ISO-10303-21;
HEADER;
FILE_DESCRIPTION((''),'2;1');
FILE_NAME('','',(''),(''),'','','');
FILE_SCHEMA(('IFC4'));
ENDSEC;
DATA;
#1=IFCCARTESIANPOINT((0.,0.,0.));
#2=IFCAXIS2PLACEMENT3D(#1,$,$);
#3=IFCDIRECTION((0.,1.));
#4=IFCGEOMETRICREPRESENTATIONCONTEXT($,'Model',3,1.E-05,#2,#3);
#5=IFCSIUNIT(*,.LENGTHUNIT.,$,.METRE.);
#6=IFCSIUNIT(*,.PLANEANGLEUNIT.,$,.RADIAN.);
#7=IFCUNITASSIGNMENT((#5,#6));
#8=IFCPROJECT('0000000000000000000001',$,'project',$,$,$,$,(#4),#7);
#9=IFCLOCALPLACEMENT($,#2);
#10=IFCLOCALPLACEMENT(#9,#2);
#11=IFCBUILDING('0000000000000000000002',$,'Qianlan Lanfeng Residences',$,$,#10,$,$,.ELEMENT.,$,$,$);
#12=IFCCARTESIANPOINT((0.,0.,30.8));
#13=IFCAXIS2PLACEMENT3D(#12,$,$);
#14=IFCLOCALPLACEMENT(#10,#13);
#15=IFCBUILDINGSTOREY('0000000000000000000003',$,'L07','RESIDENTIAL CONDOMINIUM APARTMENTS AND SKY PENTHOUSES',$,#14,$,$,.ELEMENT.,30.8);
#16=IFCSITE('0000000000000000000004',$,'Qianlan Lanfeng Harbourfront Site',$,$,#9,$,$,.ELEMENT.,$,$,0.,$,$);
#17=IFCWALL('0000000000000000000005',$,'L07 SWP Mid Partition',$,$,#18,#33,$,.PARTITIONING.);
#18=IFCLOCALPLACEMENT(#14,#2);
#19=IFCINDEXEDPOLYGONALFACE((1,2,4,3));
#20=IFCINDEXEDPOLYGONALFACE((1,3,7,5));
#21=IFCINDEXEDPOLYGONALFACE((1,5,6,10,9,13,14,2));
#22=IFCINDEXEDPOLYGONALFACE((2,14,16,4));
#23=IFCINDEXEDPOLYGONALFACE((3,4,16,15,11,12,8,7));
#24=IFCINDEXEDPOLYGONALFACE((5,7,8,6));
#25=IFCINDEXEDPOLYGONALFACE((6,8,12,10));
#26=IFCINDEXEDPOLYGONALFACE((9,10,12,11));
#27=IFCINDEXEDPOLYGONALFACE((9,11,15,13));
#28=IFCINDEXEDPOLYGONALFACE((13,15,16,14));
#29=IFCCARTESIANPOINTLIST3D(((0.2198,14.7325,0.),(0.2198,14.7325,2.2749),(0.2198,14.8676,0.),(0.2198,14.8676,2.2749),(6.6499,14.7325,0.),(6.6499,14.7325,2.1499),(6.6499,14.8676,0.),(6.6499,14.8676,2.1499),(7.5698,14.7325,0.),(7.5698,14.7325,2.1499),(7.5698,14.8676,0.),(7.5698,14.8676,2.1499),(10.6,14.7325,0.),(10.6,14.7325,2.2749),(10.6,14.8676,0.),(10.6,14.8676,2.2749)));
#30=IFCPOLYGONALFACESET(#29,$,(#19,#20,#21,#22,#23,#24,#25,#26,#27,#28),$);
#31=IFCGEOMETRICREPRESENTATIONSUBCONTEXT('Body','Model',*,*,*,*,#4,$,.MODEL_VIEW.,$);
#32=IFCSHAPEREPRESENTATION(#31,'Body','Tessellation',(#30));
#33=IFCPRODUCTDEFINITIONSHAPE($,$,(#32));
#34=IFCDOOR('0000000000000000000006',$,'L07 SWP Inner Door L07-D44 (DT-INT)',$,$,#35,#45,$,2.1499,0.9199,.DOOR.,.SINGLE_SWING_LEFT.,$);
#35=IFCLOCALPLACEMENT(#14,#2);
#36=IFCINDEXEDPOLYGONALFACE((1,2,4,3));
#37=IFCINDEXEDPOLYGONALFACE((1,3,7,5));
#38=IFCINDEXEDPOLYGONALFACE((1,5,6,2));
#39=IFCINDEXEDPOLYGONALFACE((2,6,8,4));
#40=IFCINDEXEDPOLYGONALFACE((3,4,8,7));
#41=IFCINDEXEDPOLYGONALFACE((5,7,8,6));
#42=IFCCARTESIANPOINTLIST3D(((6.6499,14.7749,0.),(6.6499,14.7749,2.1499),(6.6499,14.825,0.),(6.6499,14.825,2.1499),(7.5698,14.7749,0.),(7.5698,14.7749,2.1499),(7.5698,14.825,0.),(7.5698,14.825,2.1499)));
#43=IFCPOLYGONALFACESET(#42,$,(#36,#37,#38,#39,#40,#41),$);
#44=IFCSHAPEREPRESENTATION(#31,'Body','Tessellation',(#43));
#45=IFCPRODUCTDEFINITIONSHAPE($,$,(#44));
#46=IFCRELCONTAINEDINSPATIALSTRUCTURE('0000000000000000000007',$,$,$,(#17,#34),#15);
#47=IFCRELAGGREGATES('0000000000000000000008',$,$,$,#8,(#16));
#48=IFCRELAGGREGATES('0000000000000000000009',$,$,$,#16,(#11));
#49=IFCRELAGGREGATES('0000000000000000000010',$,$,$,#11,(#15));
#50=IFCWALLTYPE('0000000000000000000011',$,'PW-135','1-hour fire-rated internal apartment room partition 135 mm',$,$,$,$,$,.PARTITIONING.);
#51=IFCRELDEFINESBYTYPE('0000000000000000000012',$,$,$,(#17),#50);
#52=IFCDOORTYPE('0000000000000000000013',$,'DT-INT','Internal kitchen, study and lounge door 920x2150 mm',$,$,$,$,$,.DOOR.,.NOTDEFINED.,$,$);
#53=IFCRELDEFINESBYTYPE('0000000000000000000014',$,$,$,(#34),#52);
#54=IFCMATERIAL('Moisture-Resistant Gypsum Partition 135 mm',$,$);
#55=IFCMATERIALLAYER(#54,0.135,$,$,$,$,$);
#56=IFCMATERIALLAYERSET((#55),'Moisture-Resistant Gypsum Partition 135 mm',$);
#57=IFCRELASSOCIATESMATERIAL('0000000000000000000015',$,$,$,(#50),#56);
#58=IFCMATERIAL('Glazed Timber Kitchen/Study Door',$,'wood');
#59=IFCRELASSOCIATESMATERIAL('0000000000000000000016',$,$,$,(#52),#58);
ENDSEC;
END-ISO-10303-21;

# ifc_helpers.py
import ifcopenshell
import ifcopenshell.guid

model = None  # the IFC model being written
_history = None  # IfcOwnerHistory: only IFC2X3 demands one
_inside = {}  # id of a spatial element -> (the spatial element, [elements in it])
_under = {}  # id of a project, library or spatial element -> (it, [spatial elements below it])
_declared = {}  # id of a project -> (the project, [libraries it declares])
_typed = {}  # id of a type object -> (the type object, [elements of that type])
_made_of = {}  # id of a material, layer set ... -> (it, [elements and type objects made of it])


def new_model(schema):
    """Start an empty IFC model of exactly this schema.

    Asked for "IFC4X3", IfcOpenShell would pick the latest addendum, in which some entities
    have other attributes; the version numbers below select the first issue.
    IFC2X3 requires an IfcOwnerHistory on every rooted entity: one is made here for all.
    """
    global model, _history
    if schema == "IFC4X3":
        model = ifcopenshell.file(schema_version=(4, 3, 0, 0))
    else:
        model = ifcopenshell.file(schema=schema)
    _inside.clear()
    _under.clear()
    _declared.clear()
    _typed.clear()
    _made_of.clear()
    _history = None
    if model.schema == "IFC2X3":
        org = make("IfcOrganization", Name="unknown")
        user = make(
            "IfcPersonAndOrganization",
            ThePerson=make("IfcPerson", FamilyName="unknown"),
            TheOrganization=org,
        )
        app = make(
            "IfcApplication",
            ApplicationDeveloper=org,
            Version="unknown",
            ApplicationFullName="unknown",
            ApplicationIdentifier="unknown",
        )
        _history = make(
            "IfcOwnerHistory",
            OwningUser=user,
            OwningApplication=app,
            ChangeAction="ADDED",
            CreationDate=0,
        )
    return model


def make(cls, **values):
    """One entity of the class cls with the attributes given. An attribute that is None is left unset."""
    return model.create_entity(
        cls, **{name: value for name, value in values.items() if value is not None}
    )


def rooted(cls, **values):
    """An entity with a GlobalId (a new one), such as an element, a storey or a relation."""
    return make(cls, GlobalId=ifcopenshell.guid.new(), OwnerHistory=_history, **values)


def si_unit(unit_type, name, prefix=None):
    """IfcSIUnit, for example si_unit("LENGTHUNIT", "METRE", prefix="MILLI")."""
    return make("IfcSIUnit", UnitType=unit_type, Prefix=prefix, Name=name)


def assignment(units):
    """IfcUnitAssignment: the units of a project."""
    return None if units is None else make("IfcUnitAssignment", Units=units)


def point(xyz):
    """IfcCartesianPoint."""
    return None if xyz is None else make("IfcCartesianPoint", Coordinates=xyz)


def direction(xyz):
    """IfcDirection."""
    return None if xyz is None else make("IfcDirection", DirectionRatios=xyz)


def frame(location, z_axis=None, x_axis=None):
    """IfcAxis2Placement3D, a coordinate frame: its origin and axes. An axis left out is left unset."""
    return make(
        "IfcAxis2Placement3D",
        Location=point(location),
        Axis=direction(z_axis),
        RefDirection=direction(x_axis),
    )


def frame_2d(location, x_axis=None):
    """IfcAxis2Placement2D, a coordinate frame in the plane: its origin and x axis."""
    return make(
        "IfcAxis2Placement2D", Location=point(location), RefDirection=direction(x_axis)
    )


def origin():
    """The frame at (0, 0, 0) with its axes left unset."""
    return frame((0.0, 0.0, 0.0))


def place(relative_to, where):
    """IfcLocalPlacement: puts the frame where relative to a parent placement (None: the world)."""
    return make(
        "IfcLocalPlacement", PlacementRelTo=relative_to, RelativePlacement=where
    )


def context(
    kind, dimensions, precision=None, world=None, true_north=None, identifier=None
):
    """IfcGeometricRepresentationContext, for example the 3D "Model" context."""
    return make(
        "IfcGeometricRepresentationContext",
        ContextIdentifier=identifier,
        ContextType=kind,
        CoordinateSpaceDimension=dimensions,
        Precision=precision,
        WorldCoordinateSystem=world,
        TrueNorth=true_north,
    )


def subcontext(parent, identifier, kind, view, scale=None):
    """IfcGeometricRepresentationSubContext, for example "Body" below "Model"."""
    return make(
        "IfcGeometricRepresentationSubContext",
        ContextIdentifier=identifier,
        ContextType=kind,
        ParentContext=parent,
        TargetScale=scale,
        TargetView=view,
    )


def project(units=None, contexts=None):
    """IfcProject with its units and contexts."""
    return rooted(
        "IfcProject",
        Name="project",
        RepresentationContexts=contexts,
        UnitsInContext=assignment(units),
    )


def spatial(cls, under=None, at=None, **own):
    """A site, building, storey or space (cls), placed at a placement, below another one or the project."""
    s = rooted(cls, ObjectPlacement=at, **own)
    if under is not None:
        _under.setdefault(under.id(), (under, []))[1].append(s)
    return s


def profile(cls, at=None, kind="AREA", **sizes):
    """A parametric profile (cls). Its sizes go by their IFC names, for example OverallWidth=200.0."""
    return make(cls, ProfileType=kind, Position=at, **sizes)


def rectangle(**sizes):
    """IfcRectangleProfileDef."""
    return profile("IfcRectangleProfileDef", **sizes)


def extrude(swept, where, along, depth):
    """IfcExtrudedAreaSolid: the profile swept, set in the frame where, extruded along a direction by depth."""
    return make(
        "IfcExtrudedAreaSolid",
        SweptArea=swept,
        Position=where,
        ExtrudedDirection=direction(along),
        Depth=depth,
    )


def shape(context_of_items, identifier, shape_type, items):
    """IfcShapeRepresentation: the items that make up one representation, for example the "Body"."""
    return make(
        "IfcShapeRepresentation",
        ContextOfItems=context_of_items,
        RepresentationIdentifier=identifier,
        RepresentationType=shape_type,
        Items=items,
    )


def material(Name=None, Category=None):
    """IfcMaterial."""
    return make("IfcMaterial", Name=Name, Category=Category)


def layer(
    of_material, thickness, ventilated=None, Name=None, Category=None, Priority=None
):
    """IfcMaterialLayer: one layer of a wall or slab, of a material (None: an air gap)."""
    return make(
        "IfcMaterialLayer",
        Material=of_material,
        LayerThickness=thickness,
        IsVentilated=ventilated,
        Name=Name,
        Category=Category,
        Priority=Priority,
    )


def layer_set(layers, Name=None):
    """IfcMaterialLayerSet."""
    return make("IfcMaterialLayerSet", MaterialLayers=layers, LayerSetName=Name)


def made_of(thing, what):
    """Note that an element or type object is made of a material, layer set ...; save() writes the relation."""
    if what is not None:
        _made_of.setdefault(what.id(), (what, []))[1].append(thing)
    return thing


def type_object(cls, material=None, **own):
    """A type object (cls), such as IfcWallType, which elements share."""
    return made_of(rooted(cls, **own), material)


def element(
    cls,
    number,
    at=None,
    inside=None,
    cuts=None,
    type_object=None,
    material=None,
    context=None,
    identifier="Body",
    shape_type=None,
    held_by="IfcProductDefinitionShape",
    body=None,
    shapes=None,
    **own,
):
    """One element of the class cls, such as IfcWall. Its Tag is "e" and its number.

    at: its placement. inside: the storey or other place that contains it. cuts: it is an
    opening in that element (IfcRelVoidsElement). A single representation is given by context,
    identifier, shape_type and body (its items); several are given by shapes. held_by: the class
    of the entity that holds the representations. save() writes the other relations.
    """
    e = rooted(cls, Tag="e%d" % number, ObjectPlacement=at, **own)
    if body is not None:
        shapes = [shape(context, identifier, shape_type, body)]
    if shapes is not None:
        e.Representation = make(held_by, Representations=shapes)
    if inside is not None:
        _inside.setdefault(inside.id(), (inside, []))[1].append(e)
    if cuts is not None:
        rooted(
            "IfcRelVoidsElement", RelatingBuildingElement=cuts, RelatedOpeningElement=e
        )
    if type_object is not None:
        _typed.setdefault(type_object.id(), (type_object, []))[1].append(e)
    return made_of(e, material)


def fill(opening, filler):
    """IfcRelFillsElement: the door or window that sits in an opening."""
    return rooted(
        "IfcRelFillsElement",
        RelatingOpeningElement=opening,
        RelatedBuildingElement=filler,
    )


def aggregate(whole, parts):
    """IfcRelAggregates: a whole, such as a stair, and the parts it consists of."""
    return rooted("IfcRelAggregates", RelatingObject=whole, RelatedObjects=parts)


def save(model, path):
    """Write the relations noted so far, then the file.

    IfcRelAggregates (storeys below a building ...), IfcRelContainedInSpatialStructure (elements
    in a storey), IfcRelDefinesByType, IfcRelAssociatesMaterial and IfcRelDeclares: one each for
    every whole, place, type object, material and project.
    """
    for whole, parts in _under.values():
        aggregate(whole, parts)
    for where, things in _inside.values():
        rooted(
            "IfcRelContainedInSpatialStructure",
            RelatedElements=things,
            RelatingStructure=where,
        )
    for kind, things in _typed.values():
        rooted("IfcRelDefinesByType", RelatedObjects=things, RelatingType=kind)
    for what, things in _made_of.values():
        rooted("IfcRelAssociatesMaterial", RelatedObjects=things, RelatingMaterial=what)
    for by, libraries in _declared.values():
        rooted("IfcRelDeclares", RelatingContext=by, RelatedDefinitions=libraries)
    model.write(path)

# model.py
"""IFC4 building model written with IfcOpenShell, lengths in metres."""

from ifc_helpers import new_model, si_unit, direction, frame, frame_2d, origin, place, context, subcontext, project, spatial, rectangle, extrude, material, layer, layer_set, type_object, element, fill, save


model = new_model("IFC4")

# Units and contexts
model_context = context("Model", 3, precision=1e-05, world=origin(), true_north=direction((0.0, 1.0)))
body_context = subcontext(model_context, "Body", "Model", "MODEL_VIEW")
ifc_project = project(units=[si_unit("LENGTHUNIT", "METRE"), si_unit("PLANEANGLEUNIT", "RADIAN")], contexts=[model_context])

# Site, building, storey
site_placement = place(None, origin())
site = spatial("IfcSite", under=ifc_project, at=site_placement, Name="Qianlan Lanfeng Harbourfront Site", CompositionType="ELEMENT", RefElevation=0.0)
building_placement = place(site_placement, origin())
building = spatial("IfcBuilding", under=site, at=building_placement, Name="Qianlan Lanfeng Residences", CompositionType="ELEMENT")
storey_placement = place(building_placement, frame((0.0, 0.0, 30.8)))
storey = spatial("IfcBuildingStorey", under=building, at=storey_placement, Name="L07", Description="RESIDENTIAL CONDOMINIUM APARTMENTS AND SKY PENTHOUSES", CompositionType="ELEMENT", Elevation=30.8)

# Wall, opening, door
ifc_material_1 = material(Name="Moisture-Resistant Gypsum Partition 135 mm")
ifc_layer = layer(ifc_material_1, 0.135)
ifc_layer_set = layer_set([ifc_layer], Name="Moisture-Resistant Gypsum Partition 135 mm")
wall_type = type_object("IfcWallType", Name="PW-135", Description="1-hour fire-rated internal apartment room partition 135 mm", PredefinedType="PARTITIONING", material=ifc_layer_set)
wall_placement = place(storey_placement, frame((0.22, 14.8, 0.0), z_axis=(0.0, 0.0, 1.0), x_axis=(1.0, 0.0, 0.0)))
wall = element("IfcWall", 1, at=wall_placement, inside=storey, type_object=wall_type, Name="L07 SWP Mid Partition", PredefinedType="PARTITIONING", context=body_context, shape_type="SweptSolid", body=[
    extrude(rectangle(XDim=10.3801, YDim=0.135, at=frame_2d((5.1899, 0.0))), origin(), (0.0, 0.0, 1.0), 2.2749),
])
opening_placement = place(wall_placement, frame((6.4299, 0.0, 0.0)))
opening = element("IfcOpeningElement", 2, at=opening_placement, cuts=wall, PredefinedType="OPENING", context=body_context, shape_type="SweptSolid", body=[
    extrude(rectangle(XDim=0.9199, YDim=2.1499, at=frame_2d((0.46, 1.075))), frame((0.0, 0.0776, 0.0), z_axis=(0.0, -1.0, 0.0), x_axis=(1.0, 0.0, 0.0)), (0.0, 0.0, 1.0), 0.155),
])
ifc_material_2 = material(Name="Glazed Timber Kitchen/Study Door", Category="wood")
door_type = type_object("IfcDoorType", Name="DT-INT", Description="Internal kitchen, study and lounge door 920x2150 mm", OperationType="NOTDEFINED", PredefinedType="DOOR", material=ifc_material_2)
door_placement = place(opening_placement, origin())
door = element("IfcDoor", 3, at=door_placement, inside=storey, type_object=door_type, Name="L07 SWP Inner Door L07-D44 (DT-INT)", OperationType="SINGLE_SWING_LEFT", OverallHeight=2.1499, OverallWidth=0.9199, PredefinedType="DOOR", context=body_context, shape_type="SweptSolid", body=[
    extrude(rectangle(XDim=0.9199, YDim=2.1499, at=frame_2d((0.46, 1.075))), frame((0.0, 0.0249, 0.0), z_axis=(0.0, -1.0, 0.0), x_axis=(1.0, 0.0, 0.0)), (0.0, 0.0, 1.0), 0.05),
])
fill(opening, door)

save(model, "model.ifc")
